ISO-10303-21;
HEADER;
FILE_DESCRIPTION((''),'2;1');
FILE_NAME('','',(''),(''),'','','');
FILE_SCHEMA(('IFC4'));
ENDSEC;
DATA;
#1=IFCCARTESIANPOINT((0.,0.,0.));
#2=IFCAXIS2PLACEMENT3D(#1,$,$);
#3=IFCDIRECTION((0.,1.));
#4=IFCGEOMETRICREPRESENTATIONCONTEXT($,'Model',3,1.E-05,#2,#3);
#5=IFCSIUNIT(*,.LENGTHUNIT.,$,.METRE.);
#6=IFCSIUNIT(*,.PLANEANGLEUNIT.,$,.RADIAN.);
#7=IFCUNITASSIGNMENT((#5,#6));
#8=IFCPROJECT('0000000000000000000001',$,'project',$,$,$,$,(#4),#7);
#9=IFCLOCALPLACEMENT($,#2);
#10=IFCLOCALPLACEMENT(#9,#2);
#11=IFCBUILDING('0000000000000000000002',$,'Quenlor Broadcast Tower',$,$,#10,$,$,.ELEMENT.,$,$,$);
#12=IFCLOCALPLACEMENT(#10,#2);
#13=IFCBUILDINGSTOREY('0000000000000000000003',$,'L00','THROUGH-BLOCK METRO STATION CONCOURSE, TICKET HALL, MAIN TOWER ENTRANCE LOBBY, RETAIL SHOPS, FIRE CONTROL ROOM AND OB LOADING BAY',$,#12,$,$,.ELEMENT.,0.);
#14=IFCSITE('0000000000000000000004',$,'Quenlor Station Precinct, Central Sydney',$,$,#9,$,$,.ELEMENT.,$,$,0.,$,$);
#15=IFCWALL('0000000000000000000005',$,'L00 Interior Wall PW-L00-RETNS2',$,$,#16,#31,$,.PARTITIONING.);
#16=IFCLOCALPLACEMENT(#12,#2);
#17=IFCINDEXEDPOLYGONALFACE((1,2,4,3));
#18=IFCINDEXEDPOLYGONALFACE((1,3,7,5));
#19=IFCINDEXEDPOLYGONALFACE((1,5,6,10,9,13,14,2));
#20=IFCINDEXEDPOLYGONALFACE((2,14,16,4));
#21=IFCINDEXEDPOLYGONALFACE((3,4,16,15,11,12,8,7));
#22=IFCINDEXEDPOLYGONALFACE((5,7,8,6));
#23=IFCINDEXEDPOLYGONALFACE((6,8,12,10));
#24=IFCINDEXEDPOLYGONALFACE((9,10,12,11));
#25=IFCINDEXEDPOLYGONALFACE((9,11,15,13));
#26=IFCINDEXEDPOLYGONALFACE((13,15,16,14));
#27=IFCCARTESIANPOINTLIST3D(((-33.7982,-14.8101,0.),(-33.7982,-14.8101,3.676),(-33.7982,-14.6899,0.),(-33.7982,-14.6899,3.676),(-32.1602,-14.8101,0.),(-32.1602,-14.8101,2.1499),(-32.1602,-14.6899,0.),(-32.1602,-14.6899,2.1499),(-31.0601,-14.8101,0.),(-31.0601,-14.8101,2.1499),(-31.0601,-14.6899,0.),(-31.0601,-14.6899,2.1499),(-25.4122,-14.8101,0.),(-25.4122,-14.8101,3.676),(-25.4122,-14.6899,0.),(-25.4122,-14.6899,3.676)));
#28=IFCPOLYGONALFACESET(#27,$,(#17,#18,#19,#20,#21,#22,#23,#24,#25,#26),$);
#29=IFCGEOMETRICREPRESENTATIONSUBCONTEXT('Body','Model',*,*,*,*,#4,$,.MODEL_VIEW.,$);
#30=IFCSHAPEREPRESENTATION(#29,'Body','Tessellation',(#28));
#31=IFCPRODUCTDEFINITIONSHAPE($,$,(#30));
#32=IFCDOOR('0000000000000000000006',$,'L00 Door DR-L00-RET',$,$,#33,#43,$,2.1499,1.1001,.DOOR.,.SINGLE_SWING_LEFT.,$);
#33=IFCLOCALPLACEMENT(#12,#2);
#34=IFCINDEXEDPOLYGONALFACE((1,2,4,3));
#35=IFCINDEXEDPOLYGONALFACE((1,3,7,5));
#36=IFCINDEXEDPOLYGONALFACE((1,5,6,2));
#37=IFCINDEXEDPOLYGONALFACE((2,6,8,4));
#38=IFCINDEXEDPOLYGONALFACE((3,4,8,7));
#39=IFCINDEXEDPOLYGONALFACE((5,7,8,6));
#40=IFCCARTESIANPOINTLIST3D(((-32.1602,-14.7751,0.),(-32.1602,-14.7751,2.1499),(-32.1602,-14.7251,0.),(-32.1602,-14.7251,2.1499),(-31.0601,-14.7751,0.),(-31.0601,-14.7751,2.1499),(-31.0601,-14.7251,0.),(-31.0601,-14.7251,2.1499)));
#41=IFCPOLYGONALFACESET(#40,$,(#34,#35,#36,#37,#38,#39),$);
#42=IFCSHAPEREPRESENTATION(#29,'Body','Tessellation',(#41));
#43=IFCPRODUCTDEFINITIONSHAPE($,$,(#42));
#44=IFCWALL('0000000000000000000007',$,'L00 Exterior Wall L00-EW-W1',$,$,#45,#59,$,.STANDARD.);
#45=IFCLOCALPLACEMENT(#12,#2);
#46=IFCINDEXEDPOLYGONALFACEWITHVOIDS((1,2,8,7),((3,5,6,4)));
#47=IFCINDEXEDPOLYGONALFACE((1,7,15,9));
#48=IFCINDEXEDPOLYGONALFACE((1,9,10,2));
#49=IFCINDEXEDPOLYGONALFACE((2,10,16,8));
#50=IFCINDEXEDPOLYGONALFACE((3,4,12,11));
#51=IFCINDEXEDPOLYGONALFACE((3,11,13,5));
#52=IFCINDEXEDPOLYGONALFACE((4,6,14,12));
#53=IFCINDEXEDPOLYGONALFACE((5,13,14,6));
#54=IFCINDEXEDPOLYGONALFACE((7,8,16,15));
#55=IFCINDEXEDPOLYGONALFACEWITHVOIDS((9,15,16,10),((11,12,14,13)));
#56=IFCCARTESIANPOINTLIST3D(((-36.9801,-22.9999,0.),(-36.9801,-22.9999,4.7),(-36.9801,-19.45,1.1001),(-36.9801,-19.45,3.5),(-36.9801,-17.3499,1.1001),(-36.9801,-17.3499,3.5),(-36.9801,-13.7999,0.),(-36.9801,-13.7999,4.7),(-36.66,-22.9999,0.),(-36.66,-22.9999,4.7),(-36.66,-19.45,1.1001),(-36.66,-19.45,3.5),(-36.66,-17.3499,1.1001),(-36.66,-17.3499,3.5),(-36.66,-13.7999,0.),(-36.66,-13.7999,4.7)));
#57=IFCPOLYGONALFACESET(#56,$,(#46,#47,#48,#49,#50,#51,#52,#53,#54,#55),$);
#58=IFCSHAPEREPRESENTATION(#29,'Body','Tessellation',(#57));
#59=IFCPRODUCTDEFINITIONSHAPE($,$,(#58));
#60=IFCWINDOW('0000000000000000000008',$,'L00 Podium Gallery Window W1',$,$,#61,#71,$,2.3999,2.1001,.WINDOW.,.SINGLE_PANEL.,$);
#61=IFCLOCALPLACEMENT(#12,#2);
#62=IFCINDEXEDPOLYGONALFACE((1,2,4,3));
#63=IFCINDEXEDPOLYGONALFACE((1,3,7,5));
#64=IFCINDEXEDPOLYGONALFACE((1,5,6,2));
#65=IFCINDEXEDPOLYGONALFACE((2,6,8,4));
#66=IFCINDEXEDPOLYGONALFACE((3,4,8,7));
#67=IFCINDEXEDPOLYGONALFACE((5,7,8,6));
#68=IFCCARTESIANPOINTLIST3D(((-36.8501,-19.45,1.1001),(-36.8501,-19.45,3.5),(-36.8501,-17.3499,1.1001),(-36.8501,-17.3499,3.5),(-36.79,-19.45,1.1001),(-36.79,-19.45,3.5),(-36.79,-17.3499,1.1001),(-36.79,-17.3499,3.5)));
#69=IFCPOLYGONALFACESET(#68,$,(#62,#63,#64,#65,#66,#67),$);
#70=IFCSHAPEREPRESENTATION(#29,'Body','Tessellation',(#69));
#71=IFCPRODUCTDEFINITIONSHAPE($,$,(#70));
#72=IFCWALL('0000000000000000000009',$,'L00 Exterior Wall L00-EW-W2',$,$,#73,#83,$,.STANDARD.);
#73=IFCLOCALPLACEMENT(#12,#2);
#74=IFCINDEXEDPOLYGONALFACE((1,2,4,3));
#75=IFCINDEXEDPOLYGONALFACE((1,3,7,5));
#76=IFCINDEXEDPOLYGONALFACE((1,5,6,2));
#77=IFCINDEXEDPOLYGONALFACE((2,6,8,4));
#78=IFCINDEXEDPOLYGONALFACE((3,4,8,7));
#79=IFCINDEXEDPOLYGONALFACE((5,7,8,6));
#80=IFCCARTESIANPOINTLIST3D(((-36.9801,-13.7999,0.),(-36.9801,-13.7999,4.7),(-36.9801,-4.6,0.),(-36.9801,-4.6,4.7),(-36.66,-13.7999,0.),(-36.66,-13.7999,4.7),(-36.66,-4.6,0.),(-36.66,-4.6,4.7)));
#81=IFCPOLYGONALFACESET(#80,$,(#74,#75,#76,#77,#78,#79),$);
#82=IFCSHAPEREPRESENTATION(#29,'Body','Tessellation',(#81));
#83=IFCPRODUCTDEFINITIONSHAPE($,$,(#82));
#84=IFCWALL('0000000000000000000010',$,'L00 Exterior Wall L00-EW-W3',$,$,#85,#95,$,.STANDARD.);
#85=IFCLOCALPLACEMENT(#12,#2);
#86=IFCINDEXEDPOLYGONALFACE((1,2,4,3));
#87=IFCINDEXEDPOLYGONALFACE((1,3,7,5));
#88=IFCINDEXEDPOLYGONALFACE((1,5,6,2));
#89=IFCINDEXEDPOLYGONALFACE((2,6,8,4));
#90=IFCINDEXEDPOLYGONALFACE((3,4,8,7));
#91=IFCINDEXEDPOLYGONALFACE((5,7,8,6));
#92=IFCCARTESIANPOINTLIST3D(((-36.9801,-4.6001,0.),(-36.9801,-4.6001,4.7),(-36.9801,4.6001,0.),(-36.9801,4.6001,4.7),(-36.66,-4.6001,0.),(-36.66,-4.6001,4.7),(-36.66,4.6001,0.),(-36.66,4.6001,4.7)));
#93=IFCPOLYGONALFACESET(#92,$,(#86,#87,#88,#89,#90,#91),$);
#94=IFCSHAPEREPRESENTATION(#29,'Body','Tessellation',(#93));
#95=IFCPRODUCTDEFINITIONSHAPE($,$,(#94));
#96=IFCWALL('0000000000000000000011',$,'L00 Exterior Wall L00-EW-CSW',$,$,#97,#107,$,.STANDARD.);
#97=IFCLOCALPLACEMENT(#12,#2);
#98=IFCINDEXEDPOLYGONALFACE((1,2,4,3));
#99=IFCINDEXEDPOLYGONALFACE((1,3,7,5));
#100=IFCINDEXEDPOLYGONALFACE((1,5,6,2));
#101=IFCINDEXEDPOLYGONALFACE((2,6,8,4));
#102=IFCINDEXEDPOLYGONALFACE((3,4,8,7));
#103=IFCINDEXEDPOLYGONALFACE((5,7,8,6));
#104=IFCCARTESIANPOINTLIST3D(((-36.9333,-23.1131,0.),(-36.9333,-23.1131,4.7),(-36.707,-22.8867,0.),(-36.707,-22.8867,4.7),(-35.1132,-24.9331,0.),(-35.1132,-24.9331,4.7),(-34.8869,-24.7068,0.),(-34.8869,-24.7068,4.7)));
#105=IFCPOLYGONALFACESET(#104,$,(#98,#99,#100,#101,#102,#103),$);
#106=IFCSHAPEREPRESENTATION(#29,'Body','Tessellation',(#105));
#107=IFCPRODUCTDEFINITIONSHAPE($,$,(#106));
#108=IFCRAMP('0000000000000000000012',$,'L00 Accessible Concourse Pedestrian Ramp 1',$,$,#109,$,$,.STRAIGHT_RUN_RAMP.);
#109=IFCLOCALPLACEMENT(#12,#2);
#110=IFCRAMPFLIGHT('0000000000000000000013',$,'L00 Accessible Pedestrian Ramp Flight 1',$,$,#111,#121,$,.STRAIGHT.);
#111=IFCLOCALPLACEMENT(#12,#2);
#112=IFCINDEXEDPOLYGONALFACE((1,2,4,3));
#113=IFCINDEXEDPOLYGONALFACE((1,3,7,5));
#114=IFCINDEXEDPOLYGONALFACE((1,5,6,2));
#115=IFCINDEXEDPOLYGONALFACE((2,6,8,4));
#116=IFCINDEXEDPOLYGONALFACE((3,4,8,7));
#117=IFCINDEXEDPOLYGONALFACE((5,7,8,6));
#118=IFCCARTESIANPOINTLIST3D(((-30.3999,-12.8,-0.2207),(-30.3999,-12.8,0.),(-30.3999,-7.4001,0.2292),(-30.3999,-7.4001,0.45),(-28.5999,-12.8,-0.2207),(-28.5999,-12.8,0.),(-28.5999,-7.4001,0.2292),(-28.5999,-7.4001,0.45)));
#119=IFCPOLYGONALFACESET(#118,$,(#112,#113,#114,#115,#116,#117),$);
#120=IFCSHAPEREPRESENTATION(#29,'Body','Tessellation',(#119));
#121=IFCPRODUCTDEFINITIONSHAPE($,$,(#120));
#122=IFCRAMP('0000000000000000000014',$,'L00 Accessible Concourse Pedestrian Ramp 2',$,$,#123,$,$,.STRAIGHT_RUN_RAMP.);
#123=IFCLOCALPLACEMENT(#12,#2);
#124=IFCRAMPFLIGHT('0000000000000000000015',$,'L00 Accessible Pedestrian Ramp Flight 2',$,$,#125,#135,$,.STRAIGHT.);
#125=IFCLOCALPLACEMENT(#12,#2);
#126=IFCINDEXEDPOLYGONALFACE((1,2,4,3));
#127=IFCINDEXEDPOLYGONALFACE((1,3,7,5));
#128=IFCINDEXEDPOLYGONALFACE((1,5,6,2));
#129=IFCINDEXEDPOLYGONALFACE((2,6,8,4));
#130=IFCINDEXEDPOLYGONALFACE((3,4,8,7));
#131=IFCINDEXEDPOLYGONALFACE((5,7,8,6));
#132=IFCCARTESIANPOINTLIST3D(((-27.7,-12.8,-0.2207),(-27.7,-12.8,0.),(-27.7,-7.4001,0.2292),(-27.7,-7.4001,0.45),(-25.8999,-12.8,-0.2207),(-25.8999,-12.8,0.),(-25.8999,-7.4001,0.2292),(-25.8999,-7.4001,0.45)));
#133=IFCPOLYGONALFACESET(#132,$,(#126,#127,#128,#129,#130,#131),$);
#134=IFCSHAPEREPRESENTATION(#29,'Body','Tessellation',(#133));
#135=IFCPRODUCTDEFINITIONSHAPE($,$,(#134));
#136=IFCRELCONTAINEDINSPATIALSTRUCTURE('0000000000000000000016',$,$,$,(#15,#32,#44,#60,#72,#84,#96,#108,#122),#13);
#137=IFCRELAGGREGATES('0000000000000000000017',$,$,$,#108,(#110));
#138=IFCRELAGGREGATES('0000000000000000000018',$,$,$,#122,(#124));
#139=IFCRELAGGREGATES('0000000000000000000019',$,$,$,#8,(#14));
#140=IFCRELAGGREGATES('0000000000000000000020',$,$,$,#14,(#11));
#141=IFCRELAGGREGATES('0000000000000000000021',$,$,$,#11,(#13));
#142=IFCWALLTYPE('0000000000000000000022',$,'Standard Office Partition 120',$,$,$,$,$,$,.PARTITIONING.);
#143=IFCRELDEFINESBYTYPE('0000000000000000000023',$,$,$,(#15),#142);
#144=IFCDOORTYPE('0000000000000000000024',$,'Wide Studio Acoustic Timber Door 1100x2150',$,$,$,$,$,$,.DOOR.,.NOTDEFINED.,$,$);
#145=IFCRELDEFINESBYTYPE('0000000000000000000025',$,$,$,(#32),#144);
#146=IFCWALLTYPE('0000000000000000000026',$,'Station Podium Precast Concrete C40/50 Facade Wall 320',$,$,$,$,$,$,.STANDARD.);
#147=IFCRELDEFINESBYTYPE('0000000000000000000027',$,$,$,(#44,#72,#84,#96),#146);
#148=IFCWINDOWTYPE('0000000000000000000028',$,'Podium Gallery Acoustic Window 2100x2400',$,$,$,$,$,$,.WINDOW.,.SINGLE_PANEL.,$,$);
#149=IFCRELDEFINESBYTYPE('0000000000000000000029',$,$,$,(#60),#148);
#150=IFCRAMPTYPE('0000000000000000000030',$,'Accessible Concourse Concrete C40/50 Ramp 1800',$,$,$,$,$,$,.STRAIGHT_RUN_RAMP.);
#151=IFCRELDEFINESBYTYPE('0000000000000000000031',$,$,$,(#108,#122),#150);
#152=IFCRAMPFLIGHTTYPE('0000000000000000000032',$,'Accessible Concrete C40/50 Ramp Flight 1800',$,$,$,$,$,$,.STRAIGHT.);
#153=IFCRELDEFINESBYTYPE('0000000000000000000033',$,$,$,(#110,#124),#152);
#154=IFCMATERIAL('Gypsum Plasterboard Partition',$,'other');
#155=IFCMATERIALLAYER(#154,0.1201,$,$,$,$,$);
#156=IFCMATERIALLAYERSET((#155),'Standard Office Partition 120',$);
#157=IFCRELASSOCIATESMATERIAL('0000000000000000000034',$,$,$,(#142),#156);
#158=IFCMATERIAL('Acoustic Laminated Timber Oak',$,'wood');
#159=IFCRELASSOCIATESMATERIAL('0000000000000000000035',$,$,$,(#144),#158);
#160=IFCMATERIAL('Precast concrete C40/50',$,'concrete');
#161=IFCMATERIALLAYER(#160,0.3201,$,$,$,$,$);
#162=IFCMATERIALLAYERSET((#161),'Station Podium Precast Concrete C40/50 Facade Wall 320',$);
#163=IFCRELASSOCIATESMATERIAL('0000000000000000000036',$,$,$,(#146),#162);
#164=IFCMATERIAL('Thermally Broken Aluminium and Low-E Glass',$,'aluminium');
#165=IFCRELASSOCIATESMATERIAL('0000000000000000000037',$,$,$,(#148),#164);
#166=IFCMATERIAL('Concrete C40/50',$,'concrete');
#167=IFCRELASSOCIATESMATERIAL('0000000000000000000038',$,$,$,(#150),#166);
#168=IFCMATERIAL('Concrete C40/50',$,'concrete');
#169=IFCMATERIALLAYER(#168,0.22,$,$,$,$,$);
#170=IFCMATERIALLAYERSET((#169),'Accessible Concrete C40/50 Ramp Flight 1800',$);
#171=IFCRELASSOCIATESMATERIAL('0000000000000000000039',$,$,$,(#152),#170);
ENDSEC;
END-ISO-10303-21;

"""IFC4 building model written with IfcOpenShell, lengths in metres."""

from ifc_helpers import new_model, si_unit, direction, frame, frame_2d, origin, place, context, subcontext, project, spatial, polyline, rectangle, outline, extrude, material, layer, layer_set, type_object, element, fill, aggregate, save


model = new_model("IFC4")

# Units and contexts
model_context = context("Model", 3, precision=1e-05, world=origin(), true_north=direction((0.0, 1.0)))
body_context = subcontext(model_context, "Body", "Model", "MODEL_VIEW")
ifc_project = project(units=[si_unit("LENGTHUNIT", "METRE"), si_unit("PLANEANGLEUNIT", "RADIAN")], contexts=[model_context])

# Site, building, storey
site_placement = place(None, origin())
site = spatial("IfcSite", under=ifc_project, at=site_placement, Name="Quenlor Station Precinct, Central Sydney", CompositionType="ELEMENT", RefElevation=0.0)
building_placement = place(site_placement, origin())
building = spatial("IfcBuilding", under=site, at=building_placement, Name="Quenlor Broadcast Tower", CompositionType="ELEMENT")
storey_placement = place(building_placement, origin())
storey = spatial("IfcBuildingStorey", under=building, at=storey_placement, Name="L00", Description="THROUGH-BLOCK METRO STATION CONCOURSE, TICKET HALL, MAIN TOWER ENTRANCE LOBBY, RETAIL SHOPS, FIRE CONTROL ROOM AND OB LOADING BAY", CompositionType="ELEMENT", Elevation=0.0)

# Shared definitions
ifc_material_1 = material(Name="Gypsum Plasterboard Partition", Category="other")
ifc_layer_1 = layer(ifc_material_1, 0.1201)
ifc_layer_set_1 = layer_set([ifc_layer_1], Name="Standard Office Partition 120")
wall_type_1 = type_object("IfcWallType", Name="Standard Office Partition 120", PredefinedType="PARTITIONING", material=ifc_layer_set_1)

# Wall, opening, door
wall_1_placement = place(storey_placement, frame((-33.7981, -14.75, 0.0), z_axis=(0.0, 0.0, 1.0), x_axis=(1.0, 0.0, 0.0)))
wall_1 = element("IfcWall", 1, at=wall_1_placement, inside=storey, type_object=wall_type_1, Name="L00 Interior Wall PW-L00-RETNS2", PredefinedType="PARTITIONING", context=body_context, shape_type="SweptSolid", body=[
    extrude(rectangle(XDim=8.386, YDim=0.1201, at=frame_2d((4.1929, 0.0))), origin(), (0.0, 0.0, 1.0), 3.676),
])
opening_1_placement = place(wall_1_placement, frame((1.6379, 0.0, 0.0)))
opening_1 = element("IfcOpeningElement", 2, at=opening_1_placement, cuts=wall_1, PredefinedType="OPENING", context=body_context, shape_type="SweptSolid", body=[
    extrude(rectangle(XDim=1.1001, YDim=2.1499, at=frame_2d((0.55, 1.075))), frame((0.0, 0.0701, 0.0), z_axis=(0.0, -1.0, 0.0), x_axis=(1.0, 0.0, 0.0)), (0.0, 0.0, 1.0), 0.1401),
])
ifc_material_2 = material(Name="Acoustic Laminated Timber Oak", Category="wood")
door_type = type_object("IfcDoorType", Name="Wide Studio Acoustic Timber Door 1100x2150", OperationType="NOTDEFINED", PredefinedType="DOOR", material=ifc_material_2)
door_placement = place(opening_1_placement, origin())
door = element("IfcDoor", 3, at=door_placement, inside=storey, type_object=door_type, Name="L00 Door DR-L00-RET", OperationType="SINGLE_SWING_LEFT", OverallHeight=2.1499, OverallWidth=1.1001, PredefinedType="DOOR", context=body_context, shape_type="SweptSolid", body=[
    extrude(rectangle(XDim=1.1001, YDim=2.1499, at=frame_2d((0.55, 1.075))), frame((0.0, 0.0249, 0.0), z_axis=(0.0, -1.0, 0.0), x_axis=(1.0, 0.0, 0.0)), (0.0, 0.0, 1.0), 0.05),
])
fill(opening_1, door)

# Wall, opening, window
ifc_material_3 = material(Name="Precast concrete C40/50", Category="concrete")
ifc_layer_2 = layer(ifc_material_3, 0.3201)
ifc_layer_set_2 = layer_set([ifc_layer_2], Name="Station Podium Precast Concrete C40/50 Facade Wall 320")
wall_type_2 = type_object("IfcWallType", Name="Station Podium Precast Concrete C40/50 Facade Wall 320", PredefinedType="STANDARD", material=ifc_layer_set_2)
wall_2_placement = place(storey_placement, frame((-36.8201, -23.0, 0.0), z_axis=(0.0, 0.0, 1.0), x_axis=(0.0, 1.0, 0.0)))
wall_2 = element("IfcWall", 4, at=wall_2_placement, inside=storey, type_object=wall_type_2, Name="L00 Exterior Wall L00-EW-W1", PredefinedType="STANDARD", context=body_context, shape_type="SweptSolid", body=[
    extrude(rectangle(XDim=9.2, YDim=0.3201, at=frame_2d((4.6001, 0.0))), origin(), (0.0, 0.0, 1.0), 4.7),
])
opening_2_placement = place(wall_2_placement, frame((3.55, 0.0, 1.1001)))
opening_2 = element("IfcOpeningElement", 5, at=opening_2_placement, cuts=wall_2, PredefinedType="OPENING", context=body_context, shape_type="SweptSolid", body=[
    extrude(rectangle(XDim=2.1001, YDim=2.3999, at=frame_2d((1.05, 1.2))), frame((0.0, 0.1699, 0.0), z_axis=(0.0, -1.0, 0.0), x_axis=(1.0, 0.0, 0.0)), (0.0, 0.0, 1.0), 0.3401),
])
ifc_material_4 = material(Name="Thermally Broken Aluminium and Low-E Glass", Category="aluminium")
window_type = type_object("IfcWindowType", Name="Podium Gallery Acoustic Window 2100x2400", PartitioningType="SINGLE_PANEL", PredefinedType="WINDOW", material=ifc_material_4)
window_placement = place(opening_2_placement, origin())
window = element("IfcWindow", 6, at=window_placement, inside=storey, type_object=window_type, Name="L00 Podium Gallery Window W1", OverallHeight=2.3999, OverallWidth=2.1001, PartitioningType="SINGLE_PANEL", PredefinedType="WINDOW", context=body_context, shape_type="SweptSolid", body=[
    extrude(rectangle(XDim=2.1001, YDim=2.3999, at=frame_2d((1.05, 1.2))), frame((0.0, 0.03, 0.0), z_axis=(0.0, -1.0, 0.0), x_axis=(1.0, 0.0, 0.0)), (0.0, 0.0, 1.0), 0.0601),
])
fill(opening_2, window)

# Walls
wall_3_placement = place(storey_placement, frame((-36.8201, -13.8, 0.0), z_axis=(0.0, 0.0, 1.0), x_axis=(0.0, 1.0, 0.0)))
element("IfcWall", 7, at=wall_3_placement, inside=storey, type_object=wall_type_2, Name="L00 Exterior Wall L00-EW-W2", PredefinedType="STANDARD", context=body_context, shape_type="SweptSolid", body=[
    extrude(rectangle(XDim=9.2, YDim=0.3201, at=frame_2d((4.6001, 0.0))), origin(), (0.0, 0.0, 1.0), 4.7),
])
wall_4_placement = place(storey_placement, frame((-36.8201, -4.6001, 0.0), z_axis=(0.0, 0.0, 1.0), x_axis=(0.0, 1.0, 0.0)))
element("IfcWall", 8, at=wall_4_placement, inside=storey, type_object=wall_type_2, Name="L00 Exterior Wall L00-EW-W3", PredefinedType="STANDARD", context=body_context, shape_type="SweptSolid", body=[
    extrude(rectangle(XDim=9.2002, YDim=0.3201, at=frame_2d((4.6001, 0.0))), origin(), (0.0, 0.0, 1.0), 4.7),
])
wall_5_placement = place(storey_placement, frame((-35.0, -24.8201, 0.0), z_axis=(0.0, 0.0, 1.0), x_axis=(-0.707107, 0.707107, 0.0)))
element("IfcWall", 9, at=wall_5_placement, inside=storey, type_object=wall_type_2, Name="L00 Exterior Wall L00-EW-CSW", PredefinedType="STANDARD", context=body_context, shape_type="SweptSolid", body=[
    extrude(rectangle(XDim=2.574, YDim=0.3201, at=frame_2d((1.2871, 0.0))), origin(), (0.0, 0.0, 1.0), 4.7),
])

# Ramps, ramp flights
ifc_material_5 = material(Name="Concrete C40/50", Category="concrete")
ramp_type = type_object("IfcRampType", Name="Accessible Concourse Concrete C40/50 Ramp 1800", PredefinedType="STRAIGHT_RUN_RAMP", material=ifc_material_5)
ramp_1_placement = place(storey_placement, origin())
ramp_1 = element("IfcRamp", 10, at=ramp_1_placement, inside=storey, type_object=ramp_type, Name="L00 Accessible Concourse Pedestrian Ramp 1", PredefinedType="STRAIGHT_RUN_RAMP")
ifc_material_6 = material(Name="Concrete C40/50", Category="concrete")
ifc_layer_3 = layer(ifc_material_6, 0.22)
ifc_layer_set_3 = layer_set([ifc_layer_3], Name="Accessible Concrete C40/50 Ramp Flight 1800")
ramp_flight_type = type_object("IfcRampFlightType", Name="Accessible Concrete C40/50 Ramp Flight 1800", PredefinedType="STRAIGHT", material=ifc_layer_set_3)
ramp_flight_1_placement = place(storey_placement, frame((-29.5, -12.8, 0.0), z_axis=(0.0, 0.0, 1.0), x_axis=(0.0, 1.0, 0.0)))
ramp_flight_1 = element("IfcRampFlight", 11, at=ramp_flight_1_placement, type_object=ramp_flight_type, Name="L00 Accessible Pedestrian Ramp Flight 1", PredefinedType="STRAIGHT", context=body_context, shape_type="SweptSolid", body=[
    extrude(outline(polyline([(0.0, 0.0), (5.3999, 0.45), (5.3999, 0.2292), (0.0, -0.2207), (0.0, 0.0)])), frame((0.0, 0.8999, 0.0), z_axis=(0.0, -1.0, 0.0), x_axis=(1.0, 0.0, 0.0)), (0.0, 0.0, 1.0), 1.8),
])
aggregate(ramp_1, [ramp_flight_1])
ramp_2_placement = place(storey_placement, origin())
ramp_2 = element("IfcRamp", 12, at=ramp_2_placement, inside=storey, type_object=ramp_type, Name="L00 Accessible Concourse Pedestrian Ramp 2", PredefinedType="STRAIGHT_RUN_RAMP")
ramp_flight_2_placement = place(storey_placement, frame((-26.8, -12.8, 0.0), z_axis=(0.0, 0.0, 1.0), x_axis=(0.0, 1.0, 0.0)))
ramp_flight_2 = element("IfcRampFlight", 13, at=ramp_flight_2_placement, type_object=ramp_flight_type, Name="L00 Accessible Pedestrian Ramp Flight 2", PredefinedType="STRAIGHT", context=body_context, shape_type="SweptSolid", body=[
    extrude(outline(polyline([(0.0, 0.0), (5.3999, 0.45), (5.3999, 0.2292), (0.0, -0.2207), (0.0, 0.0)])), frame((0.0, 0.8999, 0.0), z_axis=(0.0, -1.0, 0.0), x_axis=(1.0, 0.0, 0.0)), (0.0, 0.0, 1.0), 1.8),
])
aggregate(ramp_2, [ramp_flight_2])

save(model, "model.ifc")
